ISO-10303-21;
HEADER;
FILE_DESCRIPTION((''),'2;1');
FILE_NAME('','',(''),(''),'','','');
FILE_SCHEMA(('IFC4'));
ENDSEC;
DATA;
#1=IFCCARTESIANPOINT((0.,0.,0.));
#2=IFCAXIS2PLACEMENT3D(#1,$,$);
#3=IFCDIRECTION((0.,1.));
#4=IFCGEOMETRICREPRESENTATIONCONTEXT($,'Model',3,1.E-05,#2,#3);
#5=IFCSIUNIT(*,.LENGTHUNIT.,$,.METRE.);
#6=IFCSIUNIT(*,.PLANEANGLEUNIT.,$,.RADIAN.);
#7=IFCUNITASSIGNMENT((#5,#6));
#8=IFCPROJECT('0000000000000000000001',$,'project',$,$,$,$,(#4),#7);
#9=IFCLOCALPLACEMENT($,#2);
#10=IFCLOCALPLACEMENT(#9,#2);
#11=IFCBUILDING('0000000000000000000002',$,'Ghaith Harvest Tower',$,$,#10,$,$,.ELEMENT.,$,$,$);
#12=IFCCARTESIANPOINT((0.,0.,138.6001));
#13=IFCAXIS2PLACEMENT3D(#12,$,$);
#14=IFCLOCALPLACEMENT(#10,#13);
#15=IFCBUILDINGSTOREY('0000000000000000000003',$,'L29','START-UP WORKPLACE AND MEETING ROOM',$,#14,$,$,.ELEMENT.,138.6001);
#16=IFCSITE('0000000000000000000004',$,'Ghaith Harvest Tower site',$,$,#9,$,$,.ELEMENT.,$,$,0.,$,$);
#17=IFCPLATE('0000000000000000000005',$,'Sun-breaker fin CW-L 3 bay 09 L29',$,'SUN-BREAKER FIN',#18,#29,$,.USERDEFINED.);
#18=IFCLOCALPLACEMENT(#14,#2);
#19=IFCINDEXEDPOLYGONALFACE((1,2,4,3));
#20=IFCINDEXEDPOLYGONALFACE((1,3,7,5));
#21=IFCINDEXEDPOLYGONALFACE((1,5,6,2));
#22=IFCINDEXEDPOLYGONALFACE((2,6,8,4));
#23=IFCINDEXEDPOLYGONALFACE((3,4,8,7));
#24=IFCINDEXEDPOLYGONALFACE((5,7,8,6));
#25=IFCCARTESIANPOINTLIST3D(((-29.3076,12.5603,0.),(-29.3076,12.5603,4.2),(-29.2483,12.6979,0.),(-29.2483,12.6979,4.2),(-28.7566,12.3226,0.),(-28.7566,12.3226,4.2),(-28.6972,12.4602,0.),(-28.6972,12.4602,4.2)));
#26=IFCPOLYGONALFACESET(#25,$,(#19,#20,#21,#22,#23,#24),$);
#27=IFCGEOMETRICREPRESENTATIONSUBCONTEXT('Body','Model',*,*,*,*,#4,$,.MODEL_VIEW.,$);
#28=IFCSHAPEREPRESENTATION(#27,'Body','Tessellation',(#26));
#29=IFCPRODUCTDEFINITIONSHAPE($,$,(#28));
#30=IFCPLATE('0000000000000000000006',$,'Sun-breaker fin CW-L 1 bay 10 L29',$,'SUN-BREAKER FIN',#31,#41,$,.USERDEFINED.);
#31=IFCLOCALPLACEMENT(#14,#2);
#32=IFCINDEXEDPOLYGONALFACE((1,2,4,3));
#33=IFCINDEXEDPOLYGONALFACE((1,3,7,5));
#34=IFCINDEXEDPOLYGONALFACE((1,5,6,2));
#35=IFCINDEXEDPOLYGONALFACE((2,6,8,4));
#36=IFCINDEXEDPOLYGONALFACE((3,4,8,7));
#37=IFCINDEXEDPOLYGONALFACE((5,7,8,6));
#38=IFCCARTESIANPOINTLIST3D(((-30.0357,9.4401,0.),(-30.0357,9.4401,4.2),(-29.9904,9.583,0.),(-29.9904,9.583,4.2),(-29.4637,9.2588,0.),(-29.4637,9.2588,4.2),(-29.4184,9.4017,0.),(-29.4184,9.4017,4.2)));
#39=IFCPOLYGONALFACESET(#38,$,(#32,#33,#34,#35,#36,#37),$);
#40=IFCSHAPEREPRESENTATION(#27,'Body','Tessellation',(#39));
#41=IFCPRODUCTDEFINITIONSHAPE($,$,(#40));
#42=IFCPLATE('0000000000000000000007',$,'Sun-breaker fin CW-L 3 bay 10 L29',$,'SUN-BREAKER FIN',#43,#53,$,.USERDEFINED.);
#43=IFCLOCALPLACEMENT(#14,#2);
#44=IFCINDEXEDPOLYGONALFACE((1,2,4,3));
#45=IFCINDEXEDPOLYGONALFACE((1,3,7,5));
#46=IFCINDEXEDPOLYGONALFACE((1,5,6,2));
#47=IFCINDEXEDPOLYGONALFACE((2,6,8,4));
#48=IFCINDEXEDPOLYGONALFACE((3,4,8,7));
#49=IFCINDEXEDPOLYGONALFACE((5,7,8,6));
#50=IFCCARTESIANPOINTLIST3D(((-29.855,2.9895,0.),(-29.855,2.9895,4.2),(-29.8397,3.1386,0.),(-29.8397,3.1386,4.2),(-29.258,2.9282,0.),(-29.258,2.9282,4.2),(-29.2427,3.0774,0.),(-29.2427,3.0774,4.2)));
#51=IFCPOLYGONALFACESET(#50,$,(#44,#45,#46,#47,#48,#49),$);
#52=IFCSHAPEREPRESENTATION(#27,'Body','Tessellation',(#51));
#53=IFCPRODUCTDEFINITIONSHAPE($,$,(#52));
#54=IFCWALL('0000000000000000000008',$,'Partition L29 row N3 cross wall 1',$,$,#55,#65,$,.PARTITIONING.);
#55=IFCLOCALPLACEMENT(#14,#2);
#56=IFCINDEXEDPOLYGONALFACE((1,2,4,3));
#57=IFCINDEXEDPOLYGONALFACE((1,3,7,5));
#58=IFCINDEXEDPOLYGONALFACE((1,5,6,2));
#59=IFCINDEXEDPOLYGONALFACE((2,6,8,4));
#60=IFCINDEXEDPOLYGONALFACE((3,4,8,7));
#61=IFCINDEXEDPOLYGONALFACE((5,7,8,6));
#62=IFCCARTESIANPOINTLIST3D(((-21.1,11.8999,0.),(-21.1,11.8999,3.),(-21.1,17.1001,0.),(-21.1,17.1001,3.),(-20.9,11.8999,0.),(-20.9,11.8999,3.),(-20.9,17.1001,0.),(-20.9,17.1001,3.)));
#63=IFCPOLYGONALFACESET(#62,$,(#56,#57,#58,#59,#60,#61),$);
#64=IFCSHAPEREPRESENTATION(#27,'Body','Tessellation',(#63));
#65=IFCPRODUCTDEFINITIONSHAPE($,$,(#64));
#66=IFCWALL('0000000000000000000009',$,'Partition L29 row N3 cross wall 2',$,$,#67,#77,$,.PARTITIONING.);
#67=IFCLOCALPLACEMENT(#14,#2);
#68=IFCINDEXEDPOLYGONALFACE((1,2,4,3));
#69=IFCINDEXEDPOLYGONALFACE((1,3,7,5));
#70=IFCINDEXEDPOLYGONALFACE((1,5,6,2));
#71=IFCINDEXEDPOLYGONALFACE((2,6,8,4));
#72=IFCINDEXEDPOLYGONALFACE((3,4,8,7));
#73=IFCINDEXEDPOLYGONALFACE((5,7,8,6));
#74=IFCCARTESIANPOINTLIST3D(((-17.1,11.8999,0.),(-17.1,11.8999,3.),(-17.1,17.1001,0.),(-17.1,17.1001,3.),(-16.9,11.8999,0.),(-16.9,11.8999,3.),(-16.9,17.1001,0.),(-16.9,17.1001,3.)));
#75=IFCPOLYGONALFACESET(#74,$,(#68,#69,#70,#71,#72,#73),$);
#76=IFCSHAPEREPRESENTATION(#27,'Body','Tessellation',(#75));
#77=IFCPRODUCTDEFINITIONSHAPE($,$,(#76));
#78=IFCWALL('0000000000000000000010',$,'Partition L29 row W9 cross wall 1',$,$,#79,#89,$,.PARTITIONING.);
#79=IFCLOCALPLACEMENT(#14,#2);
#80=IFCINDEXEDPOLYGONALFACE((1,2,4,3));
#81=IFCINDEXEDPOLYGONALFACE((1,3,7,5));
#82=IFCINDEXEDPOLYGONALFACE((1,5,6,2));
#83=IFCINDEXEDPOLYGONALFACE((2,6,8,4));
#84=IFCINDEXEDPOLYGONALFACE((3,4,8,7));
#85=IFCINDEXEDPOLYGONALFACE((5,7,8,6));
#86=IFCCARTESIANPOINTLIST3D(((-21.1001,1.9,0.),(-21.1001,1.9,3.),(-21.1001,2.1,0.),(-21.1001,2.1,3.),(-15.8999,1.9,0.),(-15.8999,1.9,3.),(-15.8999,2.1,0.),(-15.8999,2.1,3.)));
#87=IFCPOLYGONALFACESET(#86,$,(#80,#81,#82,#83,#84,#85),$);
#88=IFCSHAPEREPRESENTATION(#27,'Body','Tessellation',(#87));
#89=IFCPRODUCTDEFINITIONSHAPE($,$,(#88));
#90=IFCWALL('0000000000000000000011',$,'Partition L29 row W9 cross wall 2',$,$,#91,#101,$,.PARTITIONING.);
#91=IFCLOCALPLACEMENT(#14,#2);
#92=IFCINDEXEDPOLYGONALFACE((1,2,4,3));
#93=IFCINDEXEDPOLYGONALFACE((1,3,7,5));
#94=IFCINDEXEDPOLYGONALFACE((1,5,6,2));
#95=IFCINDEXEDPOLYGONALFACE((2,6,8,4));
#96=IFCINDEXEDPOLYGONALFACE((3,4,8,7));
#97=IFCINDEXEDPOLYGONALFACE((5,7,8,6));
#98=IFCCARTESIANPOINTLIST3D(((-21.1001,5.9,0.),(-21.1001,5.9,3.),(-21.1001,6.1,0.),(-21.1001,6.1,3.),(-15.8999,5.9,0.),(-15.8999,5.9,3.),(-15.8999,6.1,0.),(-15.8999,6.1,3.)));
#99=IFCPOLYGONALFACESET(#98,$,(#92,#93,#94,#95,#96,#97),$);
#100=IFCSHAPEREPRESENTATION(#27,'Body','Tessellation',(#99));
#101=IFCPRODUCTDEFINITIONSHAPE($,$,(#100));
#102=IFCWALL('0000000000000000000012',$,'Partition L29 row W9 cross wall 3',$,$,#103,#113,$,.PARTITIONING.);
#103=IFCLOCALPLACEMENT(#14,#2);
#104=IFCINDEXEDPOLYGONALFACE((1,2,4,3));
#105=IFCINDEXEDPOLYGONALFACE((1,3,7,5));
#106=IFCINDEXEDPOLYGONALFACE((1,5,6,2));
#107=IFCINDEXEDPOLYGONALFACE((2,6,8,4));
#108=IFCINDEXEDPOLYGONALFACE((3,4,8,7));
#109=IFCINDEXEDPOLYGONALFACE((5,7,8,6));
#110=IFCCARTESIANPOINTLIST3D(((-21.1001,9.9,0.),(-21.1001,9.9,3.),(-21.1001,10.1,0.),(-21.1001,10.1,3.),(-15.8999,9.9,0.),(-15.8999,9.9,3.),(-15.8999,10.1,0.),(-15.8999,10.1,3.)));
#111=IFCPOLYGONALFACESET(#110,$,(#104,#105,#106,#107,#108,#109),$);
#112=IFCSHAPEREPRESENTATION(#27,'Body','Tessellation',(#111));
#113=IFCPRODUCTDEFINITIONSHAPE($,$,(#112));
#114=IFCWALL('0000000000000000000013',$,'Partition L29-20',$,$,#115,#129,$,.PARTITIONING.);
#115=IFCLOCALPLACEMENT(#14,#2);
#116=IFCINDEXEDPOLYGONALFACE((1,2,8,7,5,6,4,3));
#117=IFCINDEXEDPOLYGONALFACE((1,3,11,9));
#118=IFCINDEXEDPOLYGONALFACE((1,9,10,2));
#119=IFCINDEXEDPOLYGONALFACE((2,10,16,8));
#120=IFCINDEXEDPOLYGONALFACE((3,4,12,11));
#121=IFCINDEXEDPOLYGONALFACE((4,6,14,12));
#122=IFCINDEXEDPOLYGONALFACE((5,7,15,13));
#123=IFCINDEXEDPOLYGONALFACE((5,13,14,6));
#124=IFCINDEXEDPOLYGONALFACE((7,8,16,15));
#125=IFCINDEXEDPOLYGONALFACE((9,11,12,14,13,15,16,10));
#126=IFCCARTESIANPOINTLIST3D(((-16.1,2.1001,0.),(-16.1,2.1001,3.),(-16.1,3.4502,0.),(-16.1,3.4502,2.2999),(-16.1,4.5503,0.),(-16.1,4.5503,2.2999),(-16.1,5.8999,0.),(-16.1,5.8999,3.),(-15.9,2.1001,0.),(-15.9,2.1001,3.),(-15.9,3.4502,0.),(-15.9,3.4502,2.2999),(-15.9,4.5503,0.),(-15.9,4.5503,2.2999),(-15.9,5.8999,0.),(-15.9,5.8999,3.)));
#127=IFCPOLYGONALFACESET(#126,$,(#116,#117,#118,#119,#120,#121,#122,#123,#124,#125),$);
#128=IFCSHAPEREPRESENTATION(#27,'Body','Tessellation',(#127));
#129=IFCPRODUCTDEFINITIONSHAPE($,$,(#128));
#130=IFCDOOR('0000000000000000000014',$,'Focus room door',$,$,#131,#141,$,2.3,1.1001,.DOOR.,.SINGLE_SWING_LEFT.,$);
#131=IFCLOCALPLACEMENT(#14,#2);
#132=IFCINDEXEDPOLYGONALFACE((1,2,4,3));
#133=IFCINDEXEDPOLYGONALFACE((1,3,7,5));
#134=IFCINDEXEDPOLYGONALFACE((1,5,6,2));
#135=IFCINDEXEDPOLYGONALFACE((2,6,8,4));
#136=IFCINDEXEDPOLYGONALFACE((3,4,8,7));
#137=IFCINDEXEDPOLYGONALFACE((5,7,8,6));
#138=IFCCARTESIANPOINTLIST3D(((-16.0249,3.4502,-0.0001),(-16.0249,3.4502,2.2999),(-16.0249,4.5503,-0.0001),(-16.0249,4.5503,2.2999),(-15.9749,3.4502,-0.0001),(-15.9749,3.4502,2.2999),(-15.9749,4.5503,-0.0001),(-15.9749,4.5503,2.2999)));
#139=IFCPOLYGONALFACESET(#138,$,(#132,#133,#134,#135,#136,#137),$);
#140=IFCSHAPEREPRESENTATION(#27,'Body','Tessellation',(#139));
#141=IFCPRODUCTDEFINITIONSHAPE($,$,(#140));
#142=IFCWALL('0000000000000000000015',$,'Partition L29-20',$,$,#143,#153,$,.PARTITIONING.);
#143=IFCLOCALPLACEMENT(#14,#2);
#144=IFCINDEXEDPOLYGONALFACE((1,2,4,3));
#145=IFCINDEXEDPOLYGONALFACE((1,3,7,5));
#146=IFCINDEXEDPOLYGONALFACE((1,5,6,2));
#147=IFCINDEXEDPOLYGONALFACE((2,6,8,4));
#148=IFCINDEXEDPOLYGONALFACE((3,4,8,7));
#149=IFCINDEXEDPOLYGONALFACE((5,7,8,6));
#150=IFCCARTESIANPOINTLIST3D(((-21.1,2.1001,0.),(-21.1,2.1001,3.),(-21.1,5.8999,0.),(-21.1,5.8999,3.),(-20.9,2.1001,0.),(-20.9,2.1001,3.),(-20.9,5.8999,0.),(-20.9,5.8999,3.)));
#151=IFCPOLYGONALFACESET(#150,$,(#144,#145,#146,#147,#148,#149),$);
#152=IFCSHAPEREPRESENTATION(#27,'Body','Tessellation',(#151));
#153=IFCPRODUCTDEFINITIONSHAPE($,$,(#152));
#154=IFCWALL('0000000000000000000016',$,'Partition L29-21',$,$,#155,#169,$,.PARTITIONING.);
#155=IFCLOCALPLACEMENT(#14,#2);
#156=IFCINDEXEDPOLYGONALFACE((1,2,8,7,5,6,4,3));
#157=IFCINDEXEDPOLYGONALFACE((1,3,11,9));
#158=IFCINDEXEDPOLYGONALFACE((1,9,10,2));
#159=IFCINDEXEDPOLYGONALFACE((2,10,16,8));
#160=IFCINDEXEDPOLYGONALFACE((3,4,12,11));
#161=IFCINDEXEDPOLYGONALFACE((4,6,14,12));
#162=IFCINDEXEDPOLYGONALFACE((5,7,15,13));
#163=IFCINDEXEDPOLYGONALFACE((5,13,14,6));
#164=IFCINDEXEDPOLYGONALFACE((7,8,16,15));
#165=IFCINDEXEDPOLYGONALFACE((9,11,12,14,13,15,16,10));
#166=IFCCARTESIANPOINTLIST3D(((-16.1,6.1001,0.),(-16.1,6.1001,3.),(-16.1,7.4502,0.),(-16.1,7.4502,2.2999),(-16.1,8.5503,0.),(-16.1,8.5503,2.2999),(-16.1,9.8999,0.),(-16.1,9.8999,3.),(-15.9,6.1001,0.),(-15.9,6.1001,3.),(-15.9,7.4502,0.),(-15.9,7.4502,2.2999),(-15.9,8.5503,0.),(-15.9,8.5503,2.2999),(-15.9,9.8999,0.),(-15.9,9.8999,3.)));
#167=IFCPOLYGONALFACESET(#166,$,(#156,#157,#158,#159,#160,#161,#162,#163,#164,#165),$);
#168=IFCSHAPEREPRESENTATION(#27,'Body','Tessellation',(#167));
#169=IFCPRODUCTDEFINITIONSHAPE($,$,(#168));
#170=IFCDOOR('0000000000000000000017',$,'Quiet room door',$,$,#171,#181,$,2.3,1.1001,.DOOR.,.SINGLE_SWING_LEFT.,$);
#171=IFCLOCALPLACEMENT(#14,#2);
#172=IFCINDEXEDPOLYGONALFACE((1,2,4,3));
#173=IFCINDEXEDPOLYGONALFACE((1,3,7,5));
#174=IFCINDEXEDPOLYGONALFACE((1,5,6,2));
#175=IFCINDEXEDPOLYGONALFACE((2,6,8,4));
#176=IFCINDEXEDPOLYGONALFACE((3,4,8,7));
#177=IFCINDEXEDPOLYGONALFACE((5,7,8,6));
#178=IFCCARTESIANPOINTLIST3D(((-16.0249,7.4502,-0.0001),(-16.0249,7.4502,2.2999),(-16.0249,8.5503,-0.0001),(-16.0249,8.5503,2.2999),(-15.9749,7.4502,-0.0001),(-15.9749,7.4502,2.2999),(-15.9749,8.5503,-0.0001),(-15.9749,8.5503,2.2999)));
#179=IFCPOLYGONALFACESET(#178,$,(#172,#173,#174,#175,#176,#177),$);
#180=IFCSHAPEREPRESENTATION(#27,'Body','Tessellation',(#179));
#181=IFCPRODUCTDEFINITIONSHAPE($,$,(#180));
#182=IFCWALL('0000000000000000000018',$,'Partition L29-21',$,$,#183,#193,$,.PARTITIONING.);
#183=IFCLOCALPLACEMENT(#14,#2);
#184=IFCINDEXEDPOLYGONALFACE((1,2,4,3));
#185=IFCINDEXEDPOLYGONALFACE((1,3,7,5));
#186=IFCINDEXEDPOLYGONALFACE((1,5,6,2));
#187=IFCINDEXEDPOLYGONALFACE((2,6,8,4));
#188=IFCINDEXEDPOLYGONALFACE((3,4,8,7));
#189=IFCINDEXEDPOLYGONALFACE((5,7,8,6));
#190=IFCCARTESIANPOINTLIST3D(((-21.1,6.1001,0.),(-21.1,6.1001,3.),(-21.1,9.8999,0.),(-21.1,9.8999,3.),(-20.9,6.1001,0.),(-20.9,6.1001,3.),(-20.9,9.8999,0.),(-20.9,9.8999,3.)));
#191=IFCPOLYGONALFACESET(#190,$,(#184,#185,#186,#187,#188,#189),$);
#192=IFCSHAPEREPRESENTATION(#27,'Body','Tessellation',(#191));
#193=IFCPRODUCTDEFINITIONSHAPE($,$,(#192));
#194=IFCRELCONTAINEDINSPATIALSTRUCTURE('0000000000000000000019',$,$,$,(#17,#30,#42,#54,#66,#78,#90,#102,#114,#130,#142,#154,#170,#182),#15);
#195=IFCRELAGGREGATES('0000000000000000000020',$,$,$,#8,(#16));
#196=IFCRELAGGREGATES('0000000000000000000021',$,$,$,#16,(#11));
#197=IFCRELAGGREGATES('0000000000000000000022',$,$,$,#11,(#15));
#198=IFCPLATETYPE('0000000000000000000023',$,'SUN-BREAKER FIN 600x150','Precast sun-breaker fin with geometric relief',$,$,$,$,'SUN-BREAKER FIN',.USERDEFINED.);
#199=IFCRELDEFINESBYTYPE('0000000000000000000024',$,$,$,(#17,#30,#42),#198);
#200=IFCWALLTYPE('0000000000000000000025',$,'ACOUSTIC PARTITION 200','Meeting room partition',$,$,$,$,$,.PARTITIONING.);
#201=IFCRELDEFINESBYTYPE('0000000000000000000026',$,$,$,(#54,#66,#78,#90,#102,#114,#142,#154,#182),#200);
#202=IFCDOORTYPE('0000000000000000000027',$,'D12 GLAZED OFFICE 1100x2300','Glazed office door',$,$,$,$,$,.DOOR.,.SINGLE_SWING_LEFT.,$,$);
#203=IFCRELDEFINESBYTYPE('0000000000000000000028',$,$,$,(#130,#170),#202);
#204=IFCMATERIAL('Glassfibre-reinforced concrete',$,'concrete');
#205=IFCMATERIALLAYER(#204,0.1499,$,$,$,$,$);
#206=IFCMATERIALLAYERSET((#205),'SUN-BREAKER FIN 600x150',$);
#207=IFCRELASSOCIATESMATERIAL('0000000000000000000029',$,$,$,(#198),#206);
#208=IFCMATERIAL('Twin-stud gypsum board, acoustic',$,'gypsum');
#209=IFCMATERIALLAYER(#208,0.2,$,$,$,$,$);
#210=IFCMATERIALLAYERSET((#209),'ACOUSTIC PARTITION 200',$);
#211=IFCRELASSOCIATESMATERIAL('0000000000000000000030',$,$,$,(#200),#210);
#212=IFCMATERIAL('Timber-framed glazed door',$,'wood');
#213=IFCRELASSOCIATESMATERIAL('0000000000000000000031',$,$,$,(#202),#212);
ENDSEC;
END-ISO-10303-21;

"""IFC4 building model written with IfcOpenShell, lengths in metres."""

from ifc_helpers import new_model, si_unit, direction, frame, frame_2d, origin, origin_2d, place, context, subcontext, project, spatial, rectangle, extrude, material, layer, layer_set, type_object, element, fill, save


model = new_model("IFC4")

# Units and contexts
model_context = context("Model", 3, precision=1e-05, world=origin(), true_north=direction((0.0, 1.0)))
body_context = subcontext(model_context, "Body", "Model", "MODEL_VIEW")
ifc_project = project(units=[si_unit("LENGTHUNIT", "METRE"), si_unit("PLANEANGLEUNIT", "RADIAN")], contexts=[model_context])

# Site, building, storey
site_placement = place(None, origin())
site = spatial("IfcSite", under=ifc_project, at=site_placement, Name="Ghaith Harvest Tower site", CompositionType="ELEMENT", RefElevation=0.0)
building_placement = place(site_placement, origin())
building = spatial("IfcBuilding", under=site, at=building_placement, Name="Ghaith Harvest Tower", CompositionType="ELEMENT")
storey_placement = place(building_placement, frame((0.0, 0.0, 138.6001)))
storey = spatial("IfcBuildingStorey", under=building, at=storey_placement, Name="L29", Description="START-UP WORKPLACE AND MEETING ROOM", CompositionType="ELEMENT", Elevation=138.6001)

# Plates
ifc_material_1 = material(Name="Glassfibre-reinforced concrete", Category="concrete")
ifc_layer_1 = layer(ifc_material_1, 0.1499)
ifc_layer_set_1 = layer_set([ifc_layer_1], Name="SUN-BREAKER FIN 600x150")
plate_type_1 = type_object("IfcPlateType", Name="SUN-BREAKER FIN 600x150", Description="Precast sun-breaker fin with geometric relief", ElementType="SUN-BREAKER FIN", PredefinedType="USERDEFINED", material=ifc_layer_set_1)
for number, where, z_axis, x_axis, name in (
    (1, (-29.0024, 12.5103, 0.0), (0.0, 0.0, 1.0), (-0.918218, 0.396075, 0.0), "Sun-breaker fin CW-L 3 bay 09 L29"),
    (2, (-29.7271, 9.4209, 0.0), (0.0, 0.0, 1.0), (-0.953273, 0.30211, 0.0), "Sun-breaker fin CW-L 1 bay 10 L29"),
    (3, (-29.5488, 3.0334, 0.0), (0.0, 0.0, 1.0), (-0.994772, 0.102123, 0.0), "Sun-breaker fin CW-L 3 bay 10 L29"),
):
    element("IfcPlate", number, at=place(storey_placement, frame(where, z_axis=z_axis, x_axis=x_axis)), inside=storey, type_object=plate_type_1, Name=name, ObjectType="SUN-BREAKER FIN", PredefinedType="USERDEFINED", context=body_context, shape_type="SweptSolid", body=[
        extrude(rectangle(XDim=0.6001, YDim=0.1499, at=origin_2d()), origin(), (0.0, 0.0, 1.0), 4.2),
    ])

# Walls
ifc_material_2 = material(Name="Twin-stud gypsum board, acoustic", Category="gypsum")
ifc_layer_2 = layer(ifc_material_2, 0.2)
ifc_layer_set_2 = layer_set([ifc_layer_2], Name="ACOUSTIC PARTITION 200")
wall_type = type_object("IfcWallType", Name="ACOUSTIC PARTITION 200", Description="Meeting room partition", PredefinedType="PARTITIONING", material=ifc_layer_set_2)
for number, where, z_axis, x_axis, name in (
    (4, (-21.0, 11.8999, 0.0), (0.0, 0.0, 1.0), (0.0, 1.0, 0.0), "Partition L29 row N3 cross wall 1"),
    (5, (-17.0, 11.8999, 0.0), (0.0, 0.0, 1.0), (0.0, 1.0, 0.0), "Partition L29 row N3 cross wall 2"),
):
    element("IfcWall", number, at=place(storey_placement, frame(where, z_axis=z_axis, x_axis=x_axis)), inside=storey, type_object=wall_type, Name=name, PredefinedType="PARTITIONING", context=body_context, shape_type="SweptSolid", body=[
        extrude(rectangle(XDim=5.2002, YDim=0.2, at=frame_2d((2.6001, 0.0))), origin(), (0.0, 0.0, 1.0), 3.0),
    ])

# Walls
for number, where, z_axis, x_axis, name in (
    (6, (-15.8999, 2.0, 0.0), (0.0, 0.0, 1.0), (-1.0, 0.0, 0.0), "Partition L29 row W9 cross wall 1"),
    (7, (-15.8999, 6.0, 0.0), (0.0, 0.0, 1.0), (-1.0, 0.0, 0.0), "Partition L29 row W9 cross wall 2"),
    (8, (-15.8999, 10.0, 0.0), (0.0, 0.0, 1.0), (-1.0, 0.0, 0.0), "Partition L29 row W9 cross wall 3"),
):
    element("IfcWall", number, at=place(storey_placement, frame(where, z_axis=z_axis, x_axis=x_axis)), inside=storey, type_object=wall_type, Name=name, PredefinedType="PARTITIONING", context=body_context, shape_type="SweptSolid", body=[
        extrude(rectangle(XDim=5.2002, YDim=0.2, at=frame_2d((2.6001, 0.0))), origin(), (0.0, 0.0, 1.0), 3.0),
    ])

# Wall, opening, door
wall_1_placement = place(storey_placement, frame((-16.0, 2.1001, 0.0), z_axis=(0.0, 0.0, 1.0), x_axis=(0.0, 1.0, 0.0)))
wall_1 = element("IfcWall", 9, at=wall_1_placement, inside=storey, type_object=wall_type, Name="Partition L29-20", PredefinedType="PARTITIONING", context=body_context, shape_type="SweptSolid", body=[
    extrude(rectangle(XDim=3.7998, YDim=0.2, at=frame_2d((1.8999, 0.0))), origin(), (0.0, 0.0, 1.0), 3.0),
])
opening_1_placement = place(wall_1_placement, frame((1.3501, 0.0, 0.0)))
opening_1 = element("IfcOpeningElement", 10, at=opening_1_placement, cuts=wall_1, PredefinedType="OPENING", context=body_context, shape_type="SweptSolid", body=[
    extrude(rectangle(XDim=1.1001, YDim=2.3, at=frame_2d((0.55, 1.1499))), frame((0.0, 0.1099, 0.0), z_axis=(0.0, -1.0, 0.0), x_axis=(1.0, 0.0, 0.0)), (0.0, 0.0, 1.0), 0.22),
])
ifc_material_3 = material(Name="Timber-framed glazed door", Category="wood")
door_type_1 = type_object("IfcDoorType", Name="D12 GLAZED OFFICE 1100x2300", Description="Glazed office door", OperationType="SINGLE_SWING_LEFT", PredefinedType="DOOR", material=ifc_material_3)
door_1_placement = place(opening_1_placement, origin())
door_1 = element("IfcDoor", 11, at=door_1_placement, inside=storey, type_object=door_type_1, Name="Focus room door", OperationType="SINGLE_SWING_LEFT", OverallHeight=2.3, OverallWidth=1.1001, PredefinedType="DOOR", context=body_context, shape_type="SweptSolid", body=[
    extrude(rectangle(XDim=1.1001, YDim=2.3, at=frame_2d((0.55, 1.1499))), frame((0.0, 0.0249, 0.0), z_axis=(0.0, -1.0, 0.0), x_axis=(1.0, 0.0, 0.0)), (0.0, 0.0, 1.0), 0.05),
])
fill(opening_1, door_1)

# Wall
wall_2_placement = place(storey_placement, frame((-21.0, 2.1001, 0.0), z_axis=(0.0, 0.0, 1.0), x_axis=(0.0, 1.0, 0.0)))
element("IfcWall", 12, at=wall_2_placement, inside=storey, type_object=wall_type, Name="Partition L29-20", PredefinedType="PARTITIONING", context=body_context, shape_type="SweptSolid", body=[
    extrude(rectangle(XDim=3.7998, YDim=0.2, at=frame_2d((1.8999, 0.0))), origin(), (0.0, 0.0, 1.0), 3.0),
])

# Wall, opening, door
wall_3_placement = place(storey_placement, frame((-16.0, 6.1001, 0.0), z_axis=(0.0, 0.0, 1.0), x_axis=(0.0, 1.0, 0.0)))
wall_3 = element("IfcWall", 13, at=wall_3_placement, inside=storey, type_object=wall_type, Name="Partition L29-21", PredefinedType="PARTITIONING", context=body_context, shape_type="SweptSolid", body=[
    extrude(rectangle(XDim=3.7998, YDim=0.2, at=frame_2d((1.8999, 0.0))), origin(), (0.0, 0.0, 1.0), 3.0),
])
opening_2_placement = place(wall_3_placement, frame((1.3501, 0.0, 0.0)))
opening_2 = element("IfcOpeningElement", 14, at=opening_2_placement, cuts=wall_3, PredefinedType="OPENING", context=body_context, shape_type="SweptSolid", body=[
    extrude(rectangle(XDim=1.1001, YDim=2.3, at=frame_2d((0.55, 1.1499))), frame((0.0, 0.1099, 0.0), z_axis=(0.0, -1.0, 0.0), x_axis=(1.0, 0.0, 0.0)), (0.0, 0.0, 1.0), 0.22),
])
door_2_placement = place(opening_2_placement, origin())
door_2 = element("IfcDoor", 15, at=door_2_placement, inside=storey, type_object=door_type_1, Name="Quiet room door", OperationType="SINGLE_SWING_LEFT", OverallHeight=2.3, OverallWidth=1.1001, PredefinedType="DOOR", context=body_context, shape_type="SweptSolid", body=[
    extrude(rectangle(XDim=1.1001, YDim=2.3, at=frame_2d((0.55, 1.1499))), frame((0.0, 0.0249, 0.0), z_axis=(0.0, -1.0, 0.0), x_axis=(1.0, 0.0, 0.0)), (0.0, 0.0, 1.0), 0.05),
])
fill(opening_2, door_2)

# Wall
wall_4_placement = place(storey_placement, frame((-21.0, 6.1001, 0.0), z_axis=(0.0, 0.0, 1.0), x_axis=(0.0, 1.0, 0.0)))
element("IfcWall", 16, at=wall_4_placement, inside=storey, type_object=wall_type, Name="Partition L29-21", PredefinedType="PARTITIONING", context=body_context, shape_type="SweptSolid", body=[
    extrude(rectangle(XDim=3.7998, YDim=0.2, at=frame_2d((1.8999, 0.0))), origin(), (0.0, 0.0, 1.0), 3.0),
])

save(model, "model.ifc")
